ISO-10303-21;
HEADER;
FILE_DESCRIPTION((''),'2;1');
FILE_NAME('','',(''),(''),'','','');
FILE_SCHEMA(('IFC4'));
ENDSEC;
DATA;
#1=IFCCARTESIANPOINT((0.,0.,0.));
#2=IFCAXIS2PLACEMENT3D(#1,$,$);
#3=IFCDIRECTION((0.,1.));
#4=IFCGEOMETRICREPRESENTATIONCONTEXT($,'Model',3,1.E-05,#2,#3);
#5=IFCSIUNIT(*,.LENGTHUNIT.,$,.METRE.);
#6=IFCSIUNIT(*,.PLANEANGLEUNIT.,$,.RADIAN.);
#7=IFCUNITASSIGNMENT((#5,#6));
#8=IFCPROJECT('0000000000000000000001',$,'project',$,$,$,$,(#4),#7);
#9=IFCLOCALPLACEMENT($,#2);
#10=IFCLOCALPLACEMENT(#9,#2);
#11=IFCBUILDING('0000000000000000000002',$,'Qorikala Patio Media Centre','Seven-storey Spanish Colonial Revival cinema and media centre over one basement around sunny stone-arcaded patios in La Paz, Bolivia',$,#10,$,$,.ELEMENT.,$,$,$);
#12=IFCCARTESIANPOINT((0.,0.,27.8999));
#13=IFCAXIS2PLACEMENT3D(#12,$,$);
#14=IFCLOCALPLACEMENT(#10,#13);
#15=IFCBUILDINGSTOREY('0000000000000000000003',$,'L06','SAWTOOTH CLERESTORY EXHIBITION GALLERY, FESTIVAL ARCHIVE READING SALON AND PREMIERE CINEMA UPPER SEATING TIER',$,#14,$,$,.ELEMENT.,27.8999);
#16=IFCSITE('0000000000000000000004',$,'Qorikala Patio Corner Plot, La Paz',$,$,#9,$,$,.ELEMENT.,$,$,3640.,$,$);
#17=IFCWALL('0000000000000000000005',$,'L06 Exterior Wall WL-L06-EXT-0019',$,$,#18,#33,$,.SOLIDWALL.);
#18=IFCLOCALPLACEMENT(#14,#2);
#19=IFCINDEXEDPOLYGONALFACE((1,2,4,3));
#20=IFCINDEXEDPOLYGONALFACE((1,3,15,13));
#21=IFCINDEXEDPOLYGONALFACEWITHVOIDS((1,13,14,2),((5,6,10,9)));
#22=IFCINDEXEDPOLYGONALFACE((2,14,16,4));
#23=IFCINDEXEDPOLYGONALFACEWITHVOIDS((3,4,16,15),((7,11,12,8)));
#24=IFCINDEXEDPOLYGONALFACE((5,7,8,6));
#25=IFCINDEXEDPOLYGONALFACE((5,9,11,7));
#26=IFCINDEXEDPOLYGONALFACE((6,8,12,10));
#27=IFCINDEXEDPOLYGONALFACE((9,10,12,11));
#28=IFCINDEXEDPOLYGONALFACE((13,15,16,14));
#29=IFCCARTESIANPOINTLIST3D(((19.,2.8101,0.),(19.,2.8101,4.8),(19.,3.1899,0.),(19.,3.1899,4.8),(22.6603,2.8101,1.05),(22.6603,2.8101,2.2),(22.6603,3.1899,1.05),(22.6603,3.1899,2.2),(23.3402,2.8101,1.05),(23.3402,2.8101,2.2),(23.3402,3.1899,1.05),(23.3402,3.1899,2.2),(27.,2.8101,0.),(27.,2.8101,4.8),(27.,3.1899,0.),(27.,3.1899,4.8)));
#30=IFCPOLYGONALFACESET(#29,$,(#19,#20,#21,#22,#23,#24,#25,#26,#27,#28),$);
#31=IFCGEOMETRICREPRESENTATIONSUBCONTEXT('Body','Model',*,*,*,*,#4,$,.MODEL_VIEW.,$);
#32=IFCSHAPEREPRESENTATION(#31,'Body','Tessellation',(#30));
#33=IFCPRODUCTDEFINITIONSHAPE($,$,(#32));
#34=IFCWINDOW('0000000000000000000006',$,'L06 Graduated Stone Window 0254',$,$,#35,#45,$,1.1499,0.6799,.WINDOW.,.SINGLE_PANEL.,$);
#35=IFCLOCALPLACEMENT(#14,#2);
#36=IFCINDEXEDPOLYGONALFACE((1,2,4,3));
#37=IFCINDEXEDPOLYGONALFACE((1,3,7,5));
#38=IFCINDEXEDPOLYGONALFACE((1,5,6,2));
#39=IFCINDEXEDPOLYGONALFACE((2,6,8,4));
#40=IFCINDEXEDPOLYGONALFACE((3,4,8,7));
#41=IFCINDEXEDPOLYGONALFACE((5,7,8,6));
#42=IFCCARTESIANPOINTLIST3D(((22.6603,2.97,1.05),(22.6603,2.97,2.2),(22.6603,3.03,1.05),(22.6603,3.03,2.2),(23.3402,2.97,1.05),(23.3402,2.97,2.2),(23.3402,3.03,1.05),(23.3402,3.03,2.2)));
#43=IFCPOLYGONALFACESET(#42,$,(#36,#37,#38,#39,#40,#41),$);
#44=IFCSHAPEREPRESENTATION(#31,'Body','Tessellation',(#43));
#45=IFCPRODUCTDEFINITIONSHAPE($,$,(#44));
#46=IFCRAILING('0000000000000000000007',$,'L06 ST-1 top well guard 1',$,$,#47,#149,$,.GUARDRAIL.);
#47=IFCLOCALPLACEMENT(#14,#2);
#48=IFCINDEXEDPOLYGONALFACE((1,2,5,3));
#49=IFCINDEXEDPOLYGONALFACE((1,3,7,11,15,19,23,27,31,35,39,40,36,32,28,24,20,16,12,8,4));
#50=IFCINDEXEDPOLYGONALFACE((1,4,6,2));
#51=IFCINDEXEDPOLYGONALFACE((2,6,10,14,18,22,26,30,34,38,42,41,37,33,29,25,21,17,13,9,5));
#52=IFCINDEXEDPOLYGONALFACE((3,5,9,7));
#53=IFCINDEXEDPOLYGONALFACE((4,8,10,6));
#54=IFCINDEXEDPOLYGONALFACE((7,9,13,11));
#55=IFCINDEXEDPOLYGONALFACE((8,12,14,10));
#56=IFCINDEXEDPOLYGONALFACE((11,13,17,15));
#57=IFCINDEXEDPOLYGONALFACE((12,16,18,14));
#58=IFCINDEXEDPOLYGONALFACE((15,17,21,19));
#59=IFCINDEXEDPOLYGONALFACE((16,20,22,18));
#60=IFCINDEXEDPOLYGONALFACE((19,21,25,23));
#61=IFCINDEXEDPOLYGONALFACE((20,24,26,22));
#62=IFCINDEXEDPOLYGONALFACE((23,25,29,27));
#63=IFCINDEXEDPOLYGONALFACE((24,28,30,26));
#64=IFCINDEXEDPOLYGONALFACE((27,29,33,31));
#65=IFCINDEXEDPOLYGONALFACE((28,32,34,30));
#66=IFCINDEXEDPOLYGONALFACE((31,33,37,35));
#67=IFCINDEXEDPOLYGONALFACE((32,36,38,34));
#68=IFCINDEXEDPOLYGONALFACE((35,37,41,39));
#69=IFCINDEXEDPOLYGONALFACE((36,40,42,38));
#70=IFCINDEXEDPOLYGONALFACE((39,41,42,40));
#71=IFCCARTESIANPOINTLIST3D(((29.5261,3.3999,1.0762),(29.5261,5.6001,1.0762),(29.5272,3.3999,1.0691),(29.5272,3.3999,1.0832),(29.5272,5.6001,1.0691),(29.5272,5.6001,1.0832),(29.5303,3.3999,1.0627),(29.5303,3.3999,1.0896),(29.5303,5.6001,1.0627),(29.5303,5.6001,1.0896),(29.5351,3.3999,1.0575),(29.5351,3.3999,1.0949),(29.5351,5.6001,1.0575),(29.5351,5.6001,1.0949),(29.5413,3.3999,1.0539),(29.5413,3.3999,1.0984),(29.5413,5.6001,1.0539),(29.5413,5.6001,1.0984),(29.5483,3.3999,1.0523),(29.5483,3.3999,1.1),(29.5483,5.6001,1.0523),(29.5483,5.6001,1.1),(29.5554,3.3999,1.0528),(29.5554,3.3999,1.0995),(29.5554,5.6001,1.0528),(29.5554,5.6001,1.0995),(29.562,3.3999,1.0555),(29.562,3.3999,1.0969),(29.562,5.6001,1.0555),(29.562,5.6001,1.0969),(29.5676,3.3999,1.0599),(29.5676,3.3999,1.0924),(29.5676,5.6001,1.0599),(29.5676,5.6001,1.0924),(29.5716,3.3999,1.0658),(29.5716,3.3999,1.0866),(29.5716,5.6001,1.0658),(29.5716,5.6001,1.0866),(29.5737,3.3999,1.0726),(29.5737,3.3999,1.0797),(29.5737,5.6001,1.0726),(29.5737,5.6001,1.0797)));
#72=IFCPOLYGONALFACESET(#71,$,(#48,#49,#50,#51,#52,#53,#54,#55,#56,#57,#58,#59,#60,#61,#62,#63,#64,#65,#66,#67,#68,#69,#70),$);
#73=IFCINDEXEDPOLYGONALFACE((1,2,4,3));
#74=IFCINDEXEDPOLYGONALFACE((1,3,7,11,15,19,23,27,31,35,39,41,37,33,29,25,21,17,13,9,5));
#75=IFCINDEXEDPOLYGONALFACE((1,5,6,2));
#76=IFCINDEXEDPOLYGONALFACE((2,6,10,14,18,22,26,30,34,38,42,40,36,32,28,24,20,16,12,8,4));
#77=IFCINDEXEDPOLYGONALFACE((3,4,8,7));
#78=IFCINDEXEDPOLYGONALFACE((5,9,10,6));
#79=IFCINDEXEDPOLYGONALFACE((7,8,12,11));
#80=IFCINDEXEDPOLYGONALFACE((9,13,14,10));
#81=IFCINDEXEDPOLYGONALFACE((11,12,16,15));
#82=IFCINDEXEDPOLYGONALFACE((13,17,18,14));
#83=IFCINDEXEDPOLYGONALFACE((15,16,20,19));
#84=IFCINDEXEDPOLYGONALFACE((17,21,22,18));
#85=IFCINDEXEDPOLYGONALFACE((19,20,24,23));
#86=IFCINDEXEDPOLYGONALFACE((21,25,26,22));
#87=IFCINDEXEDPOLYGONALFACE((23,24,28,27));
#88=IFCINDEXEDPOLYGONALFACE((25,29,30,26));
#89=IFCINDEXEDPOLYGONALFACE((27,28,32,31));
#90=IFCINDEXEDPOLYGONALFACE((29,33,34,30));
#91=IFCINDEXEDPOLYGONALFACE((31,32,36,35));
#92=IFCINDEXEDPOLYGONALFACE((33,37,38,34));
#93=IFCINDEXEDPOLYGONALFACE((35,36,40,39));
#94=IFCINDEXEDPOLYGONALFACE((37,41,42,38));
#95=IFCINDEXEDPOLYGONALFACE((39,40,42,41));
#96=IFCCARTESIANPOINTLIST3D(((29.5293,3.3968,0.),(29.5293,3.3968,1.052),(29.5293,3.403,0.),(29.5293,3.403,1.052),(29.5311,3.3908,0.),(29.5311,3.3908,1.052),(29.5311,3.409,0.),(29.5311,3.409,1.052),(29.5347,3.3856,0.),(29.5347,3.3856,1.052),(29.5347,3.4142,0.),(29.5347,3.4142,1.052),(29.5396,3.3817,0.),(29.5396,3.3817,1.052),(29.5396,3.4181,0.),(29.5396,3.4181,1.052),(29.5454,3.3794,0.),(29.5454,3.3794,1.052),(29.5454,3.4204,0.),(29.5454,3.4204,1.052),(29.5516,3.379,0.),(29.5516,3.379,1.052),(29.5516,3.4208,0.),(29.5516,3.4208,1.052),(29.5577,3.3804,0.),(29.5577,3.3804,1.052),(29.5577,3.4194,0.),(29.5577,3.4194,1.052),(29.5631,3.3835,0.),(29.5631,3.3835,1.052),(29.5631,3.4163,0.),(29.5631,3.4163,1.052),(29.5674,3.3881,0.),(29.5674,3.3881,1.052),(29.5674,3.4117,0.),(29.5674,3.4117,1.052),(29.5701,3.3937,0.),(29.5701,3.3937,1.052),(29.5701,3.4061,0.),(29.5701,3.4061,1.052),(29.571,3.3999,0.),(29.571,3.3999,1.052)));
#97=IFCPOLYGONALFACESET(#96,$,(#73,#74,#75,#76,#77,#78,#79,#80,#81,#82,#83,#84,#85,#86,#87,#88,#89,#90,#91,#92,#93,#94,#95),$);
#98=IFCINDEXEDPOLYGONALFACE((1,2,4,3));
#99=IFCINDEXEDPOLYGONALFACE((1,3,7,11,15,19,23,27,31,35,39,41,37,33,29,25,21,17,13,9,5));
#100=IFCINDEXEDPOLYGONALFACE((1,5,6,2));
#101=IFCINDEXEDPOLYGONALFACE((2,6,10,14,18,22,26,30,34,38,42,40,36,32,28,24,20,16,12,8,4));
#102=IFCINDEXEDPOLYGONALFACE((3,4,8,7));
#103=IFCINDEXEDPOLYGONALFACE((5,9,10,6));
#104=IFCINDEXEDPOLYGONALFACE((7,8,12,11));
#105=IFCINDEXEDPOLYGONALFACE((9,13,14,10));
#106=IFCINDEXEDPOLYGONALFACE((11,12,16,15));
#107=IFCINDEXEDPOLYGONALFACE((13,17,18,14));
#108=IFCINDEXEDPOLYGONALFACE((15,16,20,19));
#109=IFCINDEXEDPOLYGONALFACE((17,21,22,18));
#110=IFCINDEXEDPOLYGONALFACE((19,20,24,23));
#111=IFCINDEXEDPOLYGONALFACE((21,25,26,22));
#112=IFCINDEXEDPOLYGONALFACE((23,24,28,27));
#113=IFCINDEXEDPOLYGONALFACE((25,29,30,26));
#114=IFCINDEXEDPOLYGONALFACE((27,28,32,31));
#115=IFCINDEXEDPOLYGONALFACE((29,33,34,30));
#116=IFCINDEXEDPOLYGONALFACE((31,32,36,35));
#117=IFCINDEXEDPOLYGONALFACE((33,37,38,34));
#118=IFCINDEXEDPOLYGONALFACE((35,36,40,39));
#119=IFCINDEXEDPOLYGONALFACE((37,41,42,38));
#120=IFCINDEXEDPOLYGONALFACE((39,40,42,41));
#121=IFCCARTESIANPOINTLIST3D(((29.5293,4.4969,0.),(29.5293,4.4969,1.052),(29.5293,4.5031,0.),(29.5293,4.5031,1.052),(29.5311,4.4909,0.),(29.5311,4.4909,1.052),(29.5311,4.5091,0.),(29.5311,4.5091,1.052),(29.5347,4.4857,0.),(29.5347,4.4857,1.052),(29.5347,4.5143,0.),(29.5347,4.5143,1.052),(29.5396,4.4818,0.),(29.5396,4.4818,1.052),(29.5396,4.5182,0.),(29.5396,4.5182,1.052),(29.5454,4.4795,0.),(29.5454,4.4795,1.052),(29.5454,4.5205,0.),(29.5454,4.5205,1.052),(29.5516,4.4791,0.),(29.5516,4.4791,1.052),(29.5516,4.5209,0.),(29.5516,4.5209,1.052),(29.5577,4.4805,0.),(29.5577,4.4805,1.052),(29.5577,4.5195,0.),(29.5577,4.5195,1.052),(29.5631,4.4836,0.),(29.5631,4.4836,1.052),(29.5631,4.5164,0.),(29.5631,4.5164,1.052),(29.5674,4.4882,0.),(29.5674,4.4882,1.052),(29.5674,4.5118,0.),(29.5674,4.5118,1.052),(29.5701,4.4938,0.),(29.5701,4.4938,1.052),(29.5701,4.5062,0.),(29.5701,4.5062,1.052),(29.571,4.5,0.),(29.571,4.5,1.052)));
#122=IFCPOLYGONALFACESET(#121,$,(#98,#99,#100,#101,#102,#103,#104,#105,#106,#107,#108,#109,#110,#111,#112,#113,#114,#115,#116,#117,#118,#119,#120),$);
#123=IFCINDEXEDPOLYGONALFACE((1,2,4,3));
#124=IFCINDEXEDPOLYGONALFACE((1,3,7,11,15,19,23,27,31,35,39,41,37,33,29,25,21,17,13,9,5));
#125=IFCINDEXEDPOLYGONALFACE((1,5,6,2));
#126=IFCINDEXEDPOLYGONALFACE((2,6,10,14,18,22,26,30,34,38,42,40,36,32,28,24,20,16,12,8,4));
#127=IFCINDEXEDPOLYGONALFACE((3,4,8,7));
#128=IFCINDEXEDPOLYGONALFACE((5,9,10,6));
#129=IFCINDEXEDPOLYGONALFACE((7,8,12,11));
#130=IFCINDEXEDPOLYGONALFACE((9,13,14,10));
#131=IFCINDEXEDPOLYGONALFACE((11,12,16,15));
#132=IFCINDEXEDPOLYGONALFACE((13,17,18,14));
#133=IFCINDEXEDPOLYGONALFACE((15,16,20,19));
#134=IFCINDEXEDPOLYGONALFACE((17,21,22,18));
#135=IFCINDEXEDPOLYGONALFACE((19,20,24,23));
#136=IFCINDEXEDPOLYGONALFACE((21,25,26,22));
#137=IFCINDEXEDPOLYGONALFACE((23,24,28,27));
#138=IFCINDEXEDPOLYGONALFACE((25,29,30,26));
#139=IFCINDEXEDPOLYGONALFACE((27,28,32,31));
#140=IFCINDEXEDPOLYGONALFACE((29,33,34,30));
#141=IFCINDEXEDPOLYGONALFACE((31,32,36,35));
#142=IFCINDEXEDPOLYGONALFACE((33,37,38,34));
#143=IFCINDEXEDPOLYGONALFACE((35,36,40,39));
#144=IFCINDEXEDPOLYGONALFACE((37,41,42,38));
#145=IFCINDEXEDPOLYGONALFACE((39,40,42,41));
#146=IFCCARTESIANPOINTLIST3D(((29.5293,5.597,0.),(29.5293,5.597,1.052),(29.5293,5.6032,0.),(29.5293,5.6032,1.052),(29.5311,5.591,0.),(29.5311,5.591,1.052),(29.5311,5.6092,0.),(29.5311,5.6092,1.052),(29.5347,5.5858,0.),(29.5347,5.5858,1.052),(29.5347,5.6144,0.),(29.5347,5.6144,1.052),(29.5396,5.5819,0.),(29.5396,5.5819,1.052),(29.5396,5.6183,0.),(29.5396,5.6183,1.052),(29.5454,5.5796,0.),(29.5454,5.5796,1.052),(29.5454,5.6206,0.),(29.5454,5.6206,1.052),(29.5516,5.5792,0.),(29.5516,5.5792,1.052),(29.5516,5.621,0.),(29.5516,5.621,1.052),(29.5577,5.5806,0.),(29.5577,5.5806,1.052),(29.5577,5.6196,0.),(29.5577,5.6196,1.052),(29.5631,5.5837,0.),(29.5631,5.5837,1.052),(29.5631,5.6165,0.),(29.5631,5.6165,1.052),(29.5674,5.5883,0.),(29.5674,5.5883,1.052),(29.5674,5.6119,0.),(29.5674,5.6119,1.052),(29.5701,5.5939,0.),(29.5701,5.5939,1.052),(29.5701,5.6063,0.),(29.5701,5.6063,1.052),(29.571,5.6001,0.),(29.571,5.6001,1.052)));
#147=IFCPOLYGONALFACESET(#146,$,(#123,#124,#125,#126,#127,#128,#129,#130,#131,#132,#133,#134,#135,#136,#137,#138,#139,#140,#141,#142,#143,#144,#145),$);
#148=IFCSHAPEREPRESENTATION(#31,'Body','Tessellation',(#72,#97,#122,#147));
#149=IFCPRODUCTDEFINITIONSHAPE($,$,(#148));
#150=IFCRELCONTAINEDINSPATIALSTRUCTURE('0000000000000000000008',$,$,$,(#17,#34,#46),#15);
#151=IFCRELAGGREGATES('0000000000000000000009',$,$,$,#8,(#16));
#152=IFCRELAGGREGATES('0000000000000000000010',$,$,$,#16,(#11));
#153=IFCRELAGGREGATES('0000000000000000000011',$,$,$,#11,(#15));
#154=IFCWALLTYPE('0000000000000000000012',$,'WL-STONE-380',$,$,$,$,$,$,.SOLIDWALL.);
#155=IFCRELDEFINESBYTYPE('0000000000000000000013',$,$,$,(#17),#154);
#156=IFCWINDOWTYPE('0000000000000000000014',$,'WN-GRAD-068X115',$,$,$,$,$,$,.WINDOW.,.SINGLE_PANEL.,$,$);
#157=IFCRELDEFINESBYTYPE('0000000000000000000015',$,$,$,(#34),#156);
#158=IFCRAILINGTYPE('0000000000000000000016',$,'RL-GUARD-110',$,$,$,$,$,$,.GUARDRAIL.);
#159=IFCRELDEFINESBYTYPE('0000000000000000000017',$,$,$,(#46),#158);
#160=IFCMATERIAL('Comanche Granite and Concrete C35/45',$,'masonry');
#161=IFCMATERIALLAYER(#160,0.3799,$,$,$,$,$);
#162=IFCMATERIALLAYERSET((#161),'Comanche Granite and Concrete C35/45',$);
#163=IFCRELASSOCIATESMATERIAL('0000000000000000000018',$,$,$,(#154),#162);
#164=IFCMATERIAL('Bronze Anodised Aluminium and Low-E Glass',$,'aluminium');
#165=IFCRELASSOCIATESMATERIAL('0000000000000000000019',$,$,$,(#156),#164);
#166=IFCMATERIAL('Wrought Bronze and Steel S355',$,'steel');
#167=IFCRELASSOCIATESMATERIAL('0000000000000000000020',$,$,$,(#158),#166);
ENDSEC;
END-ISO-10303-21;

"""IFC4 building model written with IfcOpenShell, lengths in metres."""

from ifc_helpers import new_model, si_unit, direction, frame, frame_2d, origin, origin_2d, place, context, subcontext, project, spatial, rectangle, circle, extrude, material, layer, layer_set, type_object, element, fill, save


model = new_model("IFC4")

# Units and contexts
model_context = context("Model", 3, precision=1e-05, world=origin(), true_north=direction((0.0, 1.0)))
body_context = subcontext(model_context, "Body", "Model", "MODEL_VIEW")
ifc_project = project(units=[si_unit("LENGTHUNIT", "METRE"), si_unit("PLANEANGLEUNIT", "RADIAN")], contexts=[model_context])

# Site, building, storey
site_placement = place(None, origin())
site = spatial("IfcSite", under=ifc_project, at=site_placement, Name="Qorikala Patio Corner Plot, La Paz", CompositionType="ELEMENT", RefElevation=3640.0)
building_placement = place(site_placement, origin())
building = spatial("IfcBuilding", under=site, at=building_placement, Name="Qorikala Patio Media Centre", Description="Seven-storey Spanish Colonial Revival cinema and media centre over one basement around sunny stone-arcaded patios in La Paz, Bolivia", CompositionType="ELEMENT")
storey_placement = place(building_placement, frame((0.0, 0.0, 27.8999)))
storey = spatial("IfcBuildingStorey", under=building, at=storey_placement, Name="L06", Description="SAWTOOTH CLERESTORY EXHIBITION GALLERY, FESTIVAL ARCHIVE READING SALON AND PREMIERE CINEMA UPPER SEATING TIER", CompositionType="ELEMENT", Elevation=27.8999)

# Wall, opening, window
ifc_material_1 = material(Name="Comanche Granite and Concrete C35/45", Category="masonry")
ifc_layer_1 = layer(ifc_material_1, 0.3799)
ifc_layer_set_1 = layer_set([ifc_layer_1], Name="Comanche Granite and Concrete C35/45")
wall_type_1 = type_object("IfcWallType", Name="WL-STONE-380", PredefinedType="SOLIDWALL", material=ifc_layer_set_1)
wall_1_placement = place(storey_placement, frame((27.0, 3.0, 0.0), z_axis=(0.0, 0.0, 1.0), x_axis=(-1.0, 0.0, 0.0)))
wall_1 = element("IfcWall", 1, at=wall_1_placement, inside=storey, type_object=wall_type_1, Name="L06 Exterior Wall WL-L06-EXT-0019", PredefinedType="SOLIDWALL", context=body_context, shape_type="SweptSolid", body=[
    extrude(rectangle(XDim=8.0, YDim=0.3799, at=frame_2d((4.0, 0.0))), origin(), (0.0, 0.0, 1.0), 4.8),
])
opening_1_placement = place(wall_1_placement, frame((3.6599, 0.0, 1.05)))
opening_1 = element("IfcOpeningElement", 2, at=opening_1_placement, cuts=wall_1, PredefinedType="OPENING", context=body_context, shape_type="SweptSolid", body=[
    extrude(rectangle(XDim=0.6799, YDim=1.1499, at=frame_2d((0.3398, 0.575))), frame((0.0, 0.2, 0.0), z_axis=(0.0, -1.0, 0.0), x_axis=(1.0, 0.0, 0.0)), (0.0, 0.0, 1.0), 0.3999),
])
ifc_material_2 = material(Name="Bronze Anodised Aluminium and Low-E Glass", Category="aluminium")
window_type = type_object("IfcWindowType", Name="WN-GRAD-068X115", PartitioningType="SINGLE_PANEL", PredefinedType="WINDOW", material=ifc_material_2)
window_placement = place(opening_1_placement, origin())
window = element("IfcWindow", 3, at=window_placement, inside=storey, type_object=window_type, Name="L06 Graduated Stone Window 0254", OverallHeight=1.1499, OverallWidth=0.6799, PartitioningType="SINGLE_PANEL", PredefinedType="WINDOW", context=body_context, shape_type="SweptSolid", body=[
    extrude(rectangle(XDim=0.6799, YDim=1.1499, at=frame_2d((0.3398, 0.575))), frame((0.0, 0.03, 0.0), z_axis=(0.0, -1.0, 0.0), x_axis=(1.0, 0.0, 0.0)), (0.0, 0.0, 1.0), 0.0601),
])
fill(opening_1, window)

# Railing
ifc_material_3 = material(Name="Wrought Bronze and Steel S355", Category="steel")
railing_type = type_object("IfcRailingType", Name="RL-GUARD-110", PredefinedType="GUARDRAIL", material=ifc_material_3)
railing_placement = place(storey_placement, frame((29.55, 3.3999, 0.0)))
element("IfcRailing", 4, at=railing_placement, inside=storey, type_object=railing_type, Name="L06 ST-1 top well guard 1", PredefinedType="GUARDRAIL", context=body_context, shape_type="SweptSolid", body=[
    extrude(circle(Radius=0.0239, at=origin_2d()), frame((0.0, 0.0, 1.0762), z_axis=(0.0, 1.0, 0.0), x_axis=(-1.0, 0.0, 0.0)), (0.0, 0.0, 1.0), 2.2002),
    extrude(circle(Radius=0.021, at=origin_2d()), origin(), (0.0, 0.0, 1.0), 1.052),
    extrude(circle(Radius=0.021, at=origin_2d()), frame((0.0, 1.1001, 0.0)), (0.0, 0.0, 1.0), 1.052),
    extrude(circle(Radius=0.021, at=origin_2d()), frame((0.0, 2.2002, 0.0)), (0.0, 0.0, 1.0), 1.052),
])

save(model, "model.ifc")
